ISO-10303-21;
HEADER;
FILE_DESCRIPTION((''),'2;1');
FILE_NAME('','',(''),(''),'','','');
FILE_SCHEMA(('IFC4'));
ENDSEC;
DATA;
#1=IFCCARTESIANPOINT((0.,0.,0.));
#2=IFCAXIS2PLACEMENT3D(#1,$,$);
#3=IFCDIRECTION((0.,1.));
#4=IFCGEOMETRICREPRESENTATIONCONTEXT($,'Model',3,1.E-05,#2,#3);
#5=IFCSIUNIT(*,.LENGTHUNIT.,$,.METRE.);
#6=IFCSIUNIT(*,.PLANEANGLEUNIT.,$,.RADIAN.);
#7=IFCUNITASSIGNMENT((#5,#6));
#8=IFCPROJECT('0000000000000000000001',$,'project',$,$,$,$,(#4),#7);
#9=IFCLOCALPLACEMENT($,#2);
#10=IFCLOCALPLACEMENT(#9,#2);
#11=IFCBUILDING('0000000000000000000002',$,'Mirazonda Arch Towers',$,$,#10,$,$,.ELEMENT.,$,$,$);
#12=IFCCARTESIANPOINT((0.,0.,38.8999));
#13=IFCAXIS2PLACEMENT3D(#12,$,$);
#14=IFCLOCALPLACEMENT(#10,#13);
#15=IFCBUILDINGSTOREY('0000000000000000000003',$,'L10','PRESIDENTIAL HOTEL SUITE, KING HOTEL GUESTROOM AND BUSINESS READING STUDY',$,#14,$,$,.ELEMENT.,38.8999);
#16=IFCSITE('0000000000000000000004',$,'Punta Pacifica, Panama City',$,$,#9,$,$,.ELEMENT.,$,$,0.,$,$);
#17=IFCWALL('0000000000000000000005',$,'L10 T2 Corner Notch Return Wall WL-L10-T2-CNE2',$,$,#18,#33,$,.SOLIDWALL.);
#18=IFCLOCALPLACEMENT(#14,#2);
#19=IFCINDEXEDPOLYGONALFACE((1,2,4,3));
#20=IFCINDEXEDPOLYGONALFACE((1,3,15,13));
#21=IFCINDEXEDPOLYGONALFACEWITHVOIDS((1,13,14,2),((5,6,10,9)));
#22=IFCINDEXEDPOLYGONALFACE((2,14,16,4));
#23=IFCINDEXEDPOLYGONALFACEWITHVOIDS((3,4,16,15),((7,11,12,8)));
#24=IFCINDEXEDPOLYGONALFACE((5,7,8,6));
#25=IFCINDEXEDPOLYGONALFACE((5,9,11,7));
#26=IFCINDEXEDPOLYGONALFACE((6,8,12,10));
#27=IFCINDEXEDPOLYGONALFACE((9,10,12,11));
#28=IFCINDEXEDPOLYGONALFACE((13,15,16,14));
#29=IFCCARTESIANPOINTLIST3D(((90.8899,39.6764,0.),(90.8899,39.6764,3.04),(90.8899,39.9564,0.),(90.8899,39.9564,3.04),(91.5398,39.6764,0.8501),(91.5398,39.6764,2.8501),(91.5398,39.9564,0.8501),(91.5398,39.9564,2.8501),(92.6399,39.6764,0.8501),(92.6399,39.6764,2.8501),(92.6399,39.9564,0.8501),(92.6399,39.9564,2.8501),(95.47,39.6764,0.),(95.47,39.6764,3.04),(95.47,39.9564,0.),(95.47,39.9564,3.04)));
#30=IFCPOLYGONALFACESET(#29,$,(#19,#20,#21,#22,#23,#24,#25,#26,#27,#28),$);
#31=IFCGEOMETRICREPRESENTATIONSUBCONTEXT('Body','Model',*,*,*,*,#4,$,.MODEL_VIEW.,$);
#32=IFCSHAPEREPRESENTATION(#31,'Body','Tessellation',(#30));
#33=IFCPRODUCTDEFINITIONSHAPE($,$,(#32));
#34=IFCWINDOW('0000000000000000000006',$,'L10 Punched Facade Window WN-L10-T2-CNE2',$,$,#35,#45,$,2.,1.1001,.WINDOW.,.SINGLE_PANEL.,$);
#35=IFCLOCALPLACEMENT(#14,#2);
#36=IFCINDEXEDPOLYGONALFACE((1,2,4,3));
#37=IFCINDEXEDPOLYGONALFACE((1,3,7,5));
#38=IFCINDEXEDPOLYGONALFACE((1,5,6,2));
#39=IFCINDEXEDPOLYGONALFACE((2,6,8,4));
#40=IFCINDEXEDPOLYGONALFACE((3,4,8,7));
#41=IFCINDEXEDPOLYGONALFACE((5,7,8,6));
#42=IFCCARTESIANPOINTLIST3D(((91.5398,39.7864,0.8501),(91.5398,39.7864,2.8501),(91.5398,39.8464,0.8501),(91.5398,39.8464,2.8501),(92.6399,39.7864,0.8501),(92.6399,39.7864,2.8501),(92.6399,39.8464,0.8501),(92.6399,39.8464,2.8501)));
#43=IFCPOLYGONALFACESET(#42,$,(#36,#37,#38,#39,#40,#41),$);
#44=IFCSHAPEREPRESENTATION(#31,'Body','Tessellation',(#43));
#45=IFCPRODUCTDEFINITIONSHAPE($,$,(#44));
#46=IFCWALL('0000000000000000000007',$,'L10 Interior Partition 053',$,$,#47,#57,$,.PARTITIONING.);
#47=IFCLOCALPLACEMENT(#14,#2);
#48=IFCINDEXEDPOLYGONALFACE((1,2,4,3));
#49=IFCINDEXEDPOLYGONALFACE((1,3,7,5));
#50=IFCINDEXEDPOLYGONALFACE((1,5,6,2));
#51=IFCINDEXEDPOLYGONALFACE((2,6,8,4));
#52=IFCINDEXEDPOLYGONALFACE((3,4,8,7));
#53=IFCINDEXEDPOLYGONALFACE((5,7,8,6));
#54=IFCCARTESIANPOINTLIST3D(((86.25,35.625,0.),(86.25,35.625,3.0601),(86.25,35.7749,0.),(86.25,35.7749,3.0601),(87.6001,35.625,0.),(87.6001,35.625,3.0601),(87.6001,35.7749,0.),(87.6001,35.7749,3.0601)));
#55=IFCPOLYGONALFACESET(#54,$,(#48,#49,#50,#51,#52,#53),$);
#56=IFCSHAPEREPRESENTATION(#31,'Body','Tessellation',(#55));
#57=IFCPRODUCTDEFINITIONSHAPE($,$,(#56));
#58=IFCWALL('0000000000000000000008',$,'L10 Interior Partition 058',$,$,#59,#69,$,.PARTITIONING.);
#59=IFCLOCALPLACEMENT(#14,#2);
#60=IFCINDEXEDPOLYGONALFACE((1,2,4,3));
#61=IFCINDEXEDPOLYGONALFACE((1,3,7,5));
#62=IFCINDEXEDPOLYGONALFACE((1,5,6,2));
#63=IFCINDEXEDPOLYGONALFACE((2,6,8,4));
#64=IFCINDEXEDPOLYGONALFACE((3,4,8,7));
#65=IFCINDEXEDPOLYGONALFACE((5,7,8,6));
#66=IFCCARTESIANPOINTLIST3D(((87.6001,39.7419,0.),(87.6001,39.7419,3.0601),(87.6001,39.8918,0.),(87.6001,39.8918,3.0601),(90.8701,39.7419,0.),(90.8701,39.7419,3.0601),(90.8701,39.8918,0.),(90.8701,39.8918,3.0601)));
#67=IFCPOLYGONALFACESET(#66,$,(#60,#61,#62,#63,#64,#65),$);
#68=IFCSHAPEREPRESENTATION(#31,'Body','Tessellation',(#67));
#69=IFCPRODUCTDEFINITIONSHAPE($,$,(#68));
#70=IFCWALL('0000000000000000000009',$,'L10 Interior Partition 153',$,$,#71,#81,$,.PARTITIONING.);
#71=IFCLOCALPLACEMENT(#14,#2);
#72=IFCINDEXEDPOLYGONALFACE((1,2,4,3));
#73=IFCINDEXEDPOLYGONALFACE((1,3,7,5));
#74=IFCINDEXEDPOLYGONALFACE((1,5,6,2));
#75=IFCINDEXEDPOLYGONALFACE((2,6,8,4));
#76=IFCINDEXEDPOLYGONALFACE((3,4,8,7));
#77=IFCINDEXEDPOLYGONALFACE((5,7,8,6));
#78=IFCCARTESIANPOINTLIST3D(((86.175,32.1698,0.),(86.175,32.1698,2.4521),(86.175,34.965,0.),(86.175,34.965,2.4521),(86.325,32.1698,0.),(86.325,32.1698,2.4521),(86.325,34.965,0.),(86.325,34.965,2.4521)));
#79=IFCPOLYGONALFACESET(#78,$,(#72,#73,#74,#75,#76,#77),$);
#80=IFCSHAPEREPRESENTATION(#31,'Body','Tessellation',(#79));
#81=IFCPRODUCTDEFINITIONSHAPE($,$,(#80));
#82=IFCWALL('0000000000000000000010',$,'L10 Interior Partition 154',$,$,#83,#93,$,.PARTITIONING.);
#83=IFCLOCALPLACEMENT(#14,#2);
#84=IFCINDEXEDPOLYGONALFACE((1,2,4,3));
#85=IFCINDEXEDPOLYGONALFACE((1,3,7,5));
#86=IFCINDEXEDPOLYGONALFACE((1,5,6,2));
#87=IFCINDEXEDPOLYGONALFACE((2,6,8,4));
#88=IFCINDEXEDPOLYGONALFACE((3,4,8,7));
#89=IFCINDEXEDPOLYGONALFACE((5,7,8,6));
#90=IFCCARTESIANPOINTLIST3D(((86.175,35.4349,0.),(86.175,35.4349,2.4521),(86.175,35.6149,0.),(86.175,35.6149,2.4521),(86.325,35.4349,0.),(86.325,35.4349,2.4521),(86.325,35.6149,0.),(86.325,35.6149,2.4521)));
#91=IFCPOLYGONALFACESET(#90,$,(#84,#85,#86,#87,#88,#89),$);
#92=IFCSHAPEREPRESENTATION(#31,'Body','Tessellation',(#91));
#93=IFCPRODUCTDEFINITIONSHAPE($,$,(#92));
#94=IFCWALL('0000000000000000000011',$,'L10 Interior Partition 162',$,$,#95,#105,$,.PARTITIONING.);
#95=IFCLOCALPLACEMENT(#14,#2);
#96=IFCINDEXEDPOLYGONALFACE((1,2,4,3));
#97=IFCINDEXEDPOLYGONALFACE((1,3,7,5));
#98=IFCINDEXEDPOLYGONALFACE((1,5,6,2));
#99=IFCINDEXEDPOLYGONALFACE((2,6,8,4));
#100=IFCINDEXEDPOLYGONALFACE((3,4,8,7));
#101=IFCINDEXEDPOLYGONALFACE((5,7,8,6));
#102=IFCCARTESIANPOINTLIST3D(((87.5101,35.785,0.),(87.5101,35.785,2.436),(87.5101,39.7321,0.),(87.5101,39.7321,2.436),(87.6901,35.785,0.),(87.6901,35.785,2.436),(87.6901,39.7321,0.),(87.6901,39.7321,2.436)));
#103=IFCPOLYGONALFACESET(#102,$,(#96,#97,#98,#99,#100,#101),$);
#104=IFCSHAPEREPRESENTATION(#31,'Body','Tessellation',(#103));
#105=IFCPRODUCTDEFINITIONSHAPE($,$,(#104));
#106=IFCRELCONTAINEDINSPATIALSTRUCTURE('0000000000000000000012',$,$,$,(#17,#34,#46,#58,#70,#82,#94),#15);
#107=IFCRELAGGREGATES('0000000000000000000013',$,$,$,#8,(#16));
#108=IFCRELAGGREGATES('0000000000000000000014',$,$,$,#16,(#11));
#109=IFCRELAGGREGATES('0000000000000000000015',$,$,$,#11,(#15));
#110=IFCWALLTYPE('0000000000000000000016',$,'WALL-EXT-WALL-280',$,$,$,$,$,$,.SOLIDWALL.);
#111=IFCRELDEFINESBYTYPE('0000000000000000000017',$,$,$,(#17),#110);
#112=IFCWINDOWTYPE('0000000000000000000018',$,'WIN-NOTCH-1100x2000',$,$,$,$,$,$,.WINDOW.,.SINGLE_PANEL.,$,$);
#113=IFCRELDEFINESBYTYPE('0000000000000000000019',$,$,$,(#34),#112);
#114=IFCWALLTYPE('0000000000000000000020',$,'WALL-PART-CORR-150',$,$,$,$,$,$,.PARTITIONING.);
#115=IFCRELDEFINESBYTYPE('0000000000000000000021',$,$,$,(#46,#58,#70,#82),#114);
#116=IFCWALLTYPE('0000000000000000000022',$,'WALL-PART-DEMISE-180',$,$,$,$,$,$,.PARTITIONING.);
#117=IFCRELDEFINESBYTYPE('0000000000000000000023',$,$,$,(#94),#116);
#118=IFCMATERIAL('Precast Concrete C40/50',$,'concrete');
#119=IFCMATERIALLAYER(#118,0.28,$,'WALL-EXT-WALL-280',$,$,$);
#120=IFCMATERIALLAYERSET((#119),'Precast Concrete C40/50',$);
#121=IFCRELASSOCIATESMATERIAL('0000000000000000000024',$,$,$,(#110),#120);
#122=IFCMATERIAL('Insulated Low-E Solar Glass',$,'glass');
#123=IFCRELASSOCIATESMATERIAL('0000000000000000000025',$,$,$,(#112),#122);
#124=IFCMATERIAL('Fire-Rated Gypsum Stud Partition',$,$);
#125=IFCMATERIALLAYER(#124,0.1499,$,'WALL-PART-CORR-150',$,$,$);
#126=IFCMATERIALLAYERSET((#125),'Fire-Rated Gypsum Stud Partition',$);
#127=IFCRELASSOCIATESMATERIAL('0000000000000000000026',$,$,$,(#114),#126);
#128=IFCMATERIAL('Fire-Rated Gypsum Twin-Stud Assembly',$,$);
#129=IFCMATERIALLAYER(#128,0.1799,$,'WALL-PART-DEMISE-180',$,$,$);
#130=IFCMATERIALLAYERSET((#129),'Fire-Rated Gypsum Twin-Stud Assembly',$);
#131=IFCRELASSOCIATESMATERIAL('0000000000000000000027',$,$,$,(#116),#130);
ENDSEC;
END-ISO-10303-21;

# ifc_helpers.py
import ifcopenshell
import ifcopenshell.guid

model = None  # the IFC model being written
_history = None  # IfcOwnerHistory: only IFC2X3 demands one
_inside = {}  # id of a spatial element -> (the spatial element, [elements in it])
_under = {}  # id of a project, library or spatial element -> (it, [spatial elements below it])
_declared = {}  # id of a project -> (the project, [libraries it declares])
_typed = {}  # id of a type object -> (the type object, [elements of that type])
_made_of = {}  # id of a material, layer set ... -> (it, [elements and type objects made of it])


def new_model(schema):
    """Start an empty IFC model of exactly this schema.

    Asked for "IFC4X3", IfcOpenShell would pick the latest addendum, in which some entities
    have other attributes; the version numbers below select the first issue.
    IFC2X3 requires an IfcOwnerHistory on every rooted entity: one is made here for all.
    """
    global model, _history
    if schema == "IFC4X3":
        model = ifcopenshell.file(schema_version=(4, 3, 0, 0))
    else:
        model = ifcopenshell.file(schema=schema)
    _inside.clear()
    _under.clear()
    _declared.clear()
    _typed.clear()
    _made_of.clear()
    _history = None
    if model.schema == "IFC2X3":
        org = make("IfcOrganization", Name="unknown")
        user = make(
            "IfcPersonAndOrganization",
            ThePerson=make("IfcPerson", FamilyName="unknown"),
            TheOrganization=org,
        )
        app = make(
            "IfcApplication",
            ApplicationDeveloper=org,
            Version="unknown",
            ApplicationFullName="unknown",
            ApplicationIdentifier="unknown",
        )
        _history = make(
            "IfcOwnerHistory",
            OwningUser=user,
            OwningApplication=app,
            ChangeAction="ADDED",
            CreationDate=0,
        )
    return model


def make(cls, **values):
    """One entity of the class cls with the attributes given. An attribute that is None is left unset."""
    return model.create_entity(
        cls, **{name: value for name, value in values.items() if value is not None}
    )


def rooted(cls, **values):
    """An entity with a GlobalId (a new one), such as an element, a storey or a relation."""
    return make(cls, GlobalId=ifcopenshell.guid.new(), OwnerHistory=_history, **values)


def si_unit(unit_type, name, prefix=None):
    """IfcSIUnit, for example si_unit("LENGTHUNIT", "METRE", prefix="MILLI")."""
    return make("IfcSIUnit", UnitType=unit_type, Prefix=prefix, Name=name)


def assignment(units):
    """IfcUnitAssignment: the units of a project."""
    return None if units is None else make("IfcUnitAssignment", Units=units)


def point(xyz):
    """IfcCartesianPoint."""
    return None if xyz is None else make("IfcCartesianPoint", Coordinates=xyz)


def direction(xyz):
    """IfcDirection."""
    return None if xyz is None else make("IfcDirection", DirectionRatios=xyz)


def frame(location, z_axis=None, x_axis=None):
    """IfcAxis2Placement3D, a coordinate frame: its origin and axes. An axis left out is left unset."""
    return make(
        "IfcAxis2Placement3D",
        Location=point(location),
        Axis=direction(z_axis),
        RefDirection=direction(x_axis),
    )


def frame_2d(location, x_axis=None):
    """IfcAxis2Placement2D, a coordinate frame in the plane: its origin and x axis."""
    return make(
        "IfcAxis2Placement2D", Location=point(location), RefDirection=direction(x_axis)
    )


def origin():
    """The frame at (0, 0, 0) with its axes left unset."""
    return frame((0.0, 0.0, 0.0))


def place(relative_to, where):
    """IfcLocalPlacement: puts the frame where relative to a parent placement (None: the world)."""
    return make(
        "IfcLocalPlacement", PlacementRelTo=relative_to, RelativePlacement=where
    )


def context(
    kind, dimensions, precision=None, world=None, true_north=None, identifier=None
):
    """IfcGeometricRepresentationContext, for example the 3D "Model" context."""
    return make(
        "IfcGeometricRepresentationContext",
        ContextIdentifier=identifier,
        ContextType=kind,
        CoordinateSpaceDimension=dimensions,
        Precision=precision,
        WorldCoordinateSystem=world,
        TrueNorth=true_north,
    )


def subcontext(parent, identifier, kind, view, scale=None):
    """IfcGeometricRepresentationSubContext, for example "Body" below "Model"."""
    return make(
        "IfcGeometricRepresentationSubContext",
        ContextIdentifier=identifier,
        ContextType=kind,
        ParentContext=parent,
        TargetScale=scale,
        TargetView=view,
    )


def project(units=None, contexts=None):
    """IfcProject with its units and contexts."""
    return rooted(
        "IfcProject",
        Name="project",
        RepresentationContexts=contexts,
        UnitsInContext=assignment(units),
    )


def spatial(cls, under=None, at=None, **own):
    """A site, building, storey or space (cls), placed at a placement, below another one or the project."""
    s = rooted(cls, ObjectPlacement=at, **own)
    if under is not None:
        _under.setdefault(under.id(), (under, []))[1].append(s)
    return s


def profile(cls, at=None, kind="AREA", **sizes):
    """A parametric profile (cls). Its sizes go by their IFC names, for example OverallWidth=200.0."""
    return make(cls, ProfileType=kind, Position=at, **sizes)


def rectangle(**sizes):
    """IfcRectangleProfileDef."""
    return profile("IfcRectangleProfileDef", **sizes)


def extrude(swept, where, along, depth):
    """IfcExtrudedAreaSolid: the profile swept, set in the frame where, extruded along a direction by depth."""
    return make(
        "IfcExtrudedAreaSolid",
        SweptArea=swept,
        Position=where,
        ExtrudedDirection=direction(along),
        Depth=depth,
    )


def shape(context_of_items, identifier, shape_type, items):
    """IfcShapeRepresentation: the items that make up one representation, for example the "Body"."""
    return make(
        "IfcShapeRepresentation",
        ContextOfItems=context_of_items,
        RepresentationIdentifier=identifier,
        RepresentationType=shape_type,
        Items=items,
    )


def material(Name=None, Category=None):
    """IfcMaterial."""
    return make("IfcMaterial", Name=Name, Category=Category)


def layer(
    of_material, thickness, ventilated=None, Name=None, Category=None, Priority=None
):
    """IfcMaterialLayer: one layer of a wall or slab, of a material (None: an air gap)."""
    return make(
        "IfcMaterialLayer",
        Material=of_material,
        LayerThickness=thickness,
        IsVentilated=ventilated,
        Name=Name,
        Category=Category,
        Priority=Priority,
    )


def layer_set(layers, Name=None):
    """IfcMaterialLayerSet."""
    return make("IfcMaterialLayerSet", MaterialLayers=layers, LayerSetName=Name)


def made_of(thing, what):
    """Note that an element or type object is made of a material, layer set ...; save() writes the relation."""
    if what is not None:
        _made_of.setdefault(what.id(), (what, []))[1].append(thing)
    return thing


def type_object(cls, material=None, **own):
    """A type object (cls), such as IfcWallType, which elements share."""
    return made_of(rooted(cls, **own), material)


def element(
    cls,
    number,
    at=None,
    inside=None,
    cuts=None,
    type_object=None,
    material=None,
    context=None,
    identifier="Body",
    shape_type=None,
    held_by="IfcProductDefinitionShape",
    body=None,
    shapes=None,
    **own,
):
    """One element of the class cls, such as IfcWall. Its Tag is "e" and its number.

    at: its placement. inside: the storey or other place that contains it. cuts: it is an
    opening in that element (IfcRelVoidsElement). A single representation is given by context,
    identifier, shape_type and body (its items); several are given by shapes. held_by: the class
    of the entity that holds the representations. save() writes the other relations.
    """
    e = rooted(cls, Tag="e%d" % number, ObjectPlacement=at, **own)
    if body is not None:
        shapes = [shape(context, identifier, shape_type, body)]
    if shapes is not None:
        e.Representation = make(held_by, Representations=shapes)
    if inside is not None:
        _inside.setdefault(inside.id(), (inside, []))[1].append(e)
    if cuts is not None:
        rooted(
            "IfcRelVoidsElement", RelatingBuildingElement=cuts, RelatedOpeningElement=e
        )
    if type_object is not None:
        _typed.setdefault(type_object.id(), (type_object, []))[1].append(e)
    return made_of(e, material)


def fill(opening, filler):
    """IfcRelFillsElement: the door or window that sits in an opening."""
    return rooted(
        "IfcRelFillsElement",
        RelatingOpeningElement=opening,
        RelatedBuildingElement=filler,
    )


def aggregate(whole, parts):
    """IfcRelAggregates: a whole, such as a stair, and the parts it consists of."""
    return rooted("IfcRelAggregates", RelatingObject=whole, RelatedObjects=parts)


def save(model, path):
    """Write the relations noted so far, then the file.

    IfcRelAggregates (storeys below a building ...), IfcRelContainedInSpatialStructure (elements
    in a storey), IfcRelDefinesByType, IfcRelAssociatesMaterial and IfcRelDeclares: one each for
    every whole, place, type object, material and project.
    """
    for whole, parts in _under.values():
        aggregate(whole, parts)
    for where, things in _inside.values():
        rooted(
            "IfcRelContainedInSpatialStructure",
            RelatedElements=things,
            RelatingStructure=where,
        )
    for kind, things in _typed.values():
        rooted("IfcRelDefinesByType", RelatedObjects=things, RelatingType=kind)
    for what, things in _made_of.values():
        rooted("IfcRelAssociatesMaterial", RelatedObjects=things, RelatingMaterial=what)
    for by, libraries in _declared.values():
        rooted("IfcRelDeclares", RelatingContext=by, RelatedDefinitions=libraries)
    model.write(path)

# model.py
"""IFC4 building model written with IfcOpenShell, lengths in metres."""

from ifc_helpers import new_model, si_unit, direction, frame, frame_2d, origin, place, context, subcontext, project, spatial, rectangle, extrude, material, layer, layer_set, type_object, element, fill, save


model = new_model("IFC4")

# Units and contexts
model_context = context("Model", 3, precision=1e-05, world=origin(), true_north=direction((0.0, 1.0)))
body_context = subcontext(model_context, "Body", "Model", "MODEL_VIEW")
ifc_project = project(units=[si_unit("LENGTHUNIT", "METRE"), si_unit("PLANEANGLEUNIT", "RADIAN")], contexts=[model_context])

# Site, building, storey
site_placement = place(None, origin())
site = spatial("IfcSite", under=ifc_project, at=site_placement, Name="Punta Pacifica, Panama City", CompositionType="ELEMENT", RefElevation=0.0)
building_placement = place(site_placement, origin())
building = spatial("IfcBuilding", under=site, at=building_placement, Name="Mirazonda Arch Towers", CompositionType="ELEMENT")
storey_placement = place(building_placement, frame((0.0, 0.0, 38.8999)))
storey = spatial("IfcBuildingStorey", under=building, at=storey_placement, Name="L10", Description="PRESIDENTIAL HOTEL SUITE, KING HOTEL GUESTROOM AND BUSINESS READING STUDY", CompositionType="ELEMENT", Elevation=38.8999)

# Shared definitions
ifc_material_1 = material(Name="Insulated Low-E Solar Glass", Category="glass")

# Wall, opening, window
ifc_material_2 = material(Name="Precast Concrete C40/50", Category="concrete")
ifc_layer_1 = layer(ifc_material_2, 0.28, Name="WALL-EXT-WALL-280")
ifc_layer_set_1 = layer_set([ifc_layer_1], Name="Precast Concrete C40/50")
wall_type_1 = type_object("IfcWallType", Name="WALL-EXT-WALL-280", PredefinedType="SOLIDWALL", material=ifc_layer_set_1)
window_type = type_object("IfcWindowType", Name="WIN-NOTCH-1100x2000", PartitioningType="SINGLE_PANEL", PredefinedType="WINDOW", material=ifc_material_1)
wall_1_placement = place(storey_placement, frame((95.47, 39.8164, 0.0), z_axis=(0.0, 0.0, 1.0), x_axis=(-1.0, 0.0, 0.0)))
wall_1 = element("IfcWall", 1, at=wall_1_placement, inside=storey, type_object=wall_type_1, Name="L10 T2 Corner Notch Return Wall WL-L10-T2-CNE2", PredefinedType="SOLIDWALL", context=body_context, shape_type="SweptSolid", body=[
    extrude(rectangle(XDim=4.5801, YDim=0.28, at=frame_2d((2.29, 0.0))), origin(), (0.0, 0.0, 1.0), 3.04),
])
opening_1_placement = place(wall_1_placement, frame((2.8301, 0.0, 0.8501)))
opening_1 = element("IfcOpeningElement", 2, at=opening_1_placement, cuts=wall_1, PredefinedType="OPENING", context=body_context, shape_type="SweptSolid", body=[
    extrude(rectangle(XDim=1.1001, YDim=2.0, at=frame_2d((0.55, 1.0))), frame((0.0, 0.1499, 0.0), z_axis=(0.0, -1.0, 0.0), x_axis=(1.0, 0.0, 0.0)), (0.0, 0.0, 1.0), 0.3),
])
window_1_placement = place(opening_1_placement, origin())
window_1 = element("IfcWindow", 3, at=window_1_placement, inside=storey, type_object=window_type, Name="L10 Punched Facade Window WN-L10-T2-CNE2", OverallHeight=2.0, OverallWidth=1.1001, PartitioningType="SINGLE_PANEL", PredefinedType="WINDOW", context=body_context, shape_type="SweptSolid", body=[
    extrude(rectangle(XDim=1.1001, YDim=2.0, at=frame_2d((0.55, 1.0))), frame((0.0, 0.03, 0.0), z_axis=(0.0, -1.0, 0.0), x_axis=(1.0, 0.0, 0.0)), (0.0, 0.0, 1.0), 0.0601),
])
fill(opening_1, window_1)

# Walls
ifc_material_3 = material(Name="Fire-Rated Gypsum Stud Partition")
ifc_layer_2 = layer(ifc_material_3, 0.1499, Name="WALL-PART-CORR-150")
ifc_layer_set_2 = layer_set([ifc_layer_2], Name="Fire-Rated Gypsum Stud Partition")
wall_type_2 = type_object("IfcWallType", Name="WALL-PART-CORR-150", PredefinedType="PARTITIONING", material=ifc_layer_set_2)
wall_2_placement = place(storey_placement, frame((86.25, 35.7, 0.0), z_axis=(0.0, 0.0, 1.0), x_axis=(1.0, 0.0, 0.0)))
element("IfcWall", 4, at=wall_2_placement, inside=storey, type_object=wall_type_2, Name="L10 Interior Partition 053", PredefinedType="PARTITIONING", context=body_context, shape_type="SweptSolid", body=[
    extrude(rectangle(XDim=1.3501, YDim=0.1499, at=frame_2d((0.675, 0.0))), origin(), (0.0, 0.0, 1.0), 3.0601),
])
wall_3_placement = place(storey_placement, frame((87.6001, 39.8169, 0.0), z_axis=(0.0, 0.0, 1.0), x_axis=(1.0, 0.0, 0.0)))
element("IfcWall", 5, at=wall_3_placement, inside=storey, type_object=wall_type_2, Name="L10 Interior Partition 058", PredefinedType="PARTITIONING", context=body_context, shape_type="SweptSolid", body=[
    extrude(rectangle(XDim=3.27, YDim=0.1499, at=frame_2d((1.635, 0.0))), origin(), (0.0, 0.0, 1.0), 3.0601),
])
wall_4_placement = place(storey_placement, frame((86.25, 32.1699, 0.0), z_axis=(0.0, 0.0, 1.0), x_axis=(0.0, 1.0, 0.0)))
element("IfcWall", 6, at=wall_4_placement, inside=storey, type_object=wall_type_2, Name="L10 Interior Partition 153", PredefinedType="PARTITIONING", context=body_context, shape_type="SweptSolid", body=[
    extrude(rectangle(XDim=2.7952, YDim=0.1499, at=frame_2d((1.3975, 0.0))), origin(), (0.0, 0.0, 1.0), 2.4521),
])
wall_5_placement = place(storey_placement, frame((86.25, 35.4351, 0.0), z_axis=(0.0, 0.0, 1.0), x_axis=(0.0, 1.0, 0.0)))
element("IfcWall", 7, at=wall_5_placement, inside=storey, type_object=wall_type_2, Name="L10 Interior Partition 154", PredefinedType="PARTITIONING", context=body_context, shape_type="SweptSolid", body=[
    extrude(rectangle(XDim=0.1799, YDim=0.1499, at=frame_2d((0.0898, 0.0))), origin(), (0.0, 0.0, 1.0), 2.4521),
])
ifc_material_4 = material(Name="Fire-Rated Gypsum Twin-Stud Assembly")
ifc_layer_3 = layer(ifc_material_4, 0.1799, Name="WALL-PART-DEMISE-180")
ifc_layer_set_3 = layer_set([ifc_layer_3], Name="Fire-Rated Gypsum Twin-Stud Assembly")
wall_type_3 = type_object("IfcWallType", Name="WALL-PART-DEMISE-180", PredefinedType="PARTITIONING", material=ifc_layer_set_3)
wall_6_placement = place(storey_placement, frame((87.6001, 35.7849, 0.0), z_axis=(0.0, 0.0, 1.0), x_axis=(0.0, 1.0, 0.0)))
element("IfcWall", 8, at=wall_6_placement, inside=storey, type_object=wall_type_3, Name="L10 Interior Partition 162", PredefinedType="PARTITIONING", context=body_context, shape_type="SweptSolid", body=[
    extrude(rectangle(XDim=3.947, YDim=0.1799, at=frame_2d((1.9736, 0.0))), origin(), (0.0, 0.0, 1.0), 2.436),
])

save(model, "model.ifc")
